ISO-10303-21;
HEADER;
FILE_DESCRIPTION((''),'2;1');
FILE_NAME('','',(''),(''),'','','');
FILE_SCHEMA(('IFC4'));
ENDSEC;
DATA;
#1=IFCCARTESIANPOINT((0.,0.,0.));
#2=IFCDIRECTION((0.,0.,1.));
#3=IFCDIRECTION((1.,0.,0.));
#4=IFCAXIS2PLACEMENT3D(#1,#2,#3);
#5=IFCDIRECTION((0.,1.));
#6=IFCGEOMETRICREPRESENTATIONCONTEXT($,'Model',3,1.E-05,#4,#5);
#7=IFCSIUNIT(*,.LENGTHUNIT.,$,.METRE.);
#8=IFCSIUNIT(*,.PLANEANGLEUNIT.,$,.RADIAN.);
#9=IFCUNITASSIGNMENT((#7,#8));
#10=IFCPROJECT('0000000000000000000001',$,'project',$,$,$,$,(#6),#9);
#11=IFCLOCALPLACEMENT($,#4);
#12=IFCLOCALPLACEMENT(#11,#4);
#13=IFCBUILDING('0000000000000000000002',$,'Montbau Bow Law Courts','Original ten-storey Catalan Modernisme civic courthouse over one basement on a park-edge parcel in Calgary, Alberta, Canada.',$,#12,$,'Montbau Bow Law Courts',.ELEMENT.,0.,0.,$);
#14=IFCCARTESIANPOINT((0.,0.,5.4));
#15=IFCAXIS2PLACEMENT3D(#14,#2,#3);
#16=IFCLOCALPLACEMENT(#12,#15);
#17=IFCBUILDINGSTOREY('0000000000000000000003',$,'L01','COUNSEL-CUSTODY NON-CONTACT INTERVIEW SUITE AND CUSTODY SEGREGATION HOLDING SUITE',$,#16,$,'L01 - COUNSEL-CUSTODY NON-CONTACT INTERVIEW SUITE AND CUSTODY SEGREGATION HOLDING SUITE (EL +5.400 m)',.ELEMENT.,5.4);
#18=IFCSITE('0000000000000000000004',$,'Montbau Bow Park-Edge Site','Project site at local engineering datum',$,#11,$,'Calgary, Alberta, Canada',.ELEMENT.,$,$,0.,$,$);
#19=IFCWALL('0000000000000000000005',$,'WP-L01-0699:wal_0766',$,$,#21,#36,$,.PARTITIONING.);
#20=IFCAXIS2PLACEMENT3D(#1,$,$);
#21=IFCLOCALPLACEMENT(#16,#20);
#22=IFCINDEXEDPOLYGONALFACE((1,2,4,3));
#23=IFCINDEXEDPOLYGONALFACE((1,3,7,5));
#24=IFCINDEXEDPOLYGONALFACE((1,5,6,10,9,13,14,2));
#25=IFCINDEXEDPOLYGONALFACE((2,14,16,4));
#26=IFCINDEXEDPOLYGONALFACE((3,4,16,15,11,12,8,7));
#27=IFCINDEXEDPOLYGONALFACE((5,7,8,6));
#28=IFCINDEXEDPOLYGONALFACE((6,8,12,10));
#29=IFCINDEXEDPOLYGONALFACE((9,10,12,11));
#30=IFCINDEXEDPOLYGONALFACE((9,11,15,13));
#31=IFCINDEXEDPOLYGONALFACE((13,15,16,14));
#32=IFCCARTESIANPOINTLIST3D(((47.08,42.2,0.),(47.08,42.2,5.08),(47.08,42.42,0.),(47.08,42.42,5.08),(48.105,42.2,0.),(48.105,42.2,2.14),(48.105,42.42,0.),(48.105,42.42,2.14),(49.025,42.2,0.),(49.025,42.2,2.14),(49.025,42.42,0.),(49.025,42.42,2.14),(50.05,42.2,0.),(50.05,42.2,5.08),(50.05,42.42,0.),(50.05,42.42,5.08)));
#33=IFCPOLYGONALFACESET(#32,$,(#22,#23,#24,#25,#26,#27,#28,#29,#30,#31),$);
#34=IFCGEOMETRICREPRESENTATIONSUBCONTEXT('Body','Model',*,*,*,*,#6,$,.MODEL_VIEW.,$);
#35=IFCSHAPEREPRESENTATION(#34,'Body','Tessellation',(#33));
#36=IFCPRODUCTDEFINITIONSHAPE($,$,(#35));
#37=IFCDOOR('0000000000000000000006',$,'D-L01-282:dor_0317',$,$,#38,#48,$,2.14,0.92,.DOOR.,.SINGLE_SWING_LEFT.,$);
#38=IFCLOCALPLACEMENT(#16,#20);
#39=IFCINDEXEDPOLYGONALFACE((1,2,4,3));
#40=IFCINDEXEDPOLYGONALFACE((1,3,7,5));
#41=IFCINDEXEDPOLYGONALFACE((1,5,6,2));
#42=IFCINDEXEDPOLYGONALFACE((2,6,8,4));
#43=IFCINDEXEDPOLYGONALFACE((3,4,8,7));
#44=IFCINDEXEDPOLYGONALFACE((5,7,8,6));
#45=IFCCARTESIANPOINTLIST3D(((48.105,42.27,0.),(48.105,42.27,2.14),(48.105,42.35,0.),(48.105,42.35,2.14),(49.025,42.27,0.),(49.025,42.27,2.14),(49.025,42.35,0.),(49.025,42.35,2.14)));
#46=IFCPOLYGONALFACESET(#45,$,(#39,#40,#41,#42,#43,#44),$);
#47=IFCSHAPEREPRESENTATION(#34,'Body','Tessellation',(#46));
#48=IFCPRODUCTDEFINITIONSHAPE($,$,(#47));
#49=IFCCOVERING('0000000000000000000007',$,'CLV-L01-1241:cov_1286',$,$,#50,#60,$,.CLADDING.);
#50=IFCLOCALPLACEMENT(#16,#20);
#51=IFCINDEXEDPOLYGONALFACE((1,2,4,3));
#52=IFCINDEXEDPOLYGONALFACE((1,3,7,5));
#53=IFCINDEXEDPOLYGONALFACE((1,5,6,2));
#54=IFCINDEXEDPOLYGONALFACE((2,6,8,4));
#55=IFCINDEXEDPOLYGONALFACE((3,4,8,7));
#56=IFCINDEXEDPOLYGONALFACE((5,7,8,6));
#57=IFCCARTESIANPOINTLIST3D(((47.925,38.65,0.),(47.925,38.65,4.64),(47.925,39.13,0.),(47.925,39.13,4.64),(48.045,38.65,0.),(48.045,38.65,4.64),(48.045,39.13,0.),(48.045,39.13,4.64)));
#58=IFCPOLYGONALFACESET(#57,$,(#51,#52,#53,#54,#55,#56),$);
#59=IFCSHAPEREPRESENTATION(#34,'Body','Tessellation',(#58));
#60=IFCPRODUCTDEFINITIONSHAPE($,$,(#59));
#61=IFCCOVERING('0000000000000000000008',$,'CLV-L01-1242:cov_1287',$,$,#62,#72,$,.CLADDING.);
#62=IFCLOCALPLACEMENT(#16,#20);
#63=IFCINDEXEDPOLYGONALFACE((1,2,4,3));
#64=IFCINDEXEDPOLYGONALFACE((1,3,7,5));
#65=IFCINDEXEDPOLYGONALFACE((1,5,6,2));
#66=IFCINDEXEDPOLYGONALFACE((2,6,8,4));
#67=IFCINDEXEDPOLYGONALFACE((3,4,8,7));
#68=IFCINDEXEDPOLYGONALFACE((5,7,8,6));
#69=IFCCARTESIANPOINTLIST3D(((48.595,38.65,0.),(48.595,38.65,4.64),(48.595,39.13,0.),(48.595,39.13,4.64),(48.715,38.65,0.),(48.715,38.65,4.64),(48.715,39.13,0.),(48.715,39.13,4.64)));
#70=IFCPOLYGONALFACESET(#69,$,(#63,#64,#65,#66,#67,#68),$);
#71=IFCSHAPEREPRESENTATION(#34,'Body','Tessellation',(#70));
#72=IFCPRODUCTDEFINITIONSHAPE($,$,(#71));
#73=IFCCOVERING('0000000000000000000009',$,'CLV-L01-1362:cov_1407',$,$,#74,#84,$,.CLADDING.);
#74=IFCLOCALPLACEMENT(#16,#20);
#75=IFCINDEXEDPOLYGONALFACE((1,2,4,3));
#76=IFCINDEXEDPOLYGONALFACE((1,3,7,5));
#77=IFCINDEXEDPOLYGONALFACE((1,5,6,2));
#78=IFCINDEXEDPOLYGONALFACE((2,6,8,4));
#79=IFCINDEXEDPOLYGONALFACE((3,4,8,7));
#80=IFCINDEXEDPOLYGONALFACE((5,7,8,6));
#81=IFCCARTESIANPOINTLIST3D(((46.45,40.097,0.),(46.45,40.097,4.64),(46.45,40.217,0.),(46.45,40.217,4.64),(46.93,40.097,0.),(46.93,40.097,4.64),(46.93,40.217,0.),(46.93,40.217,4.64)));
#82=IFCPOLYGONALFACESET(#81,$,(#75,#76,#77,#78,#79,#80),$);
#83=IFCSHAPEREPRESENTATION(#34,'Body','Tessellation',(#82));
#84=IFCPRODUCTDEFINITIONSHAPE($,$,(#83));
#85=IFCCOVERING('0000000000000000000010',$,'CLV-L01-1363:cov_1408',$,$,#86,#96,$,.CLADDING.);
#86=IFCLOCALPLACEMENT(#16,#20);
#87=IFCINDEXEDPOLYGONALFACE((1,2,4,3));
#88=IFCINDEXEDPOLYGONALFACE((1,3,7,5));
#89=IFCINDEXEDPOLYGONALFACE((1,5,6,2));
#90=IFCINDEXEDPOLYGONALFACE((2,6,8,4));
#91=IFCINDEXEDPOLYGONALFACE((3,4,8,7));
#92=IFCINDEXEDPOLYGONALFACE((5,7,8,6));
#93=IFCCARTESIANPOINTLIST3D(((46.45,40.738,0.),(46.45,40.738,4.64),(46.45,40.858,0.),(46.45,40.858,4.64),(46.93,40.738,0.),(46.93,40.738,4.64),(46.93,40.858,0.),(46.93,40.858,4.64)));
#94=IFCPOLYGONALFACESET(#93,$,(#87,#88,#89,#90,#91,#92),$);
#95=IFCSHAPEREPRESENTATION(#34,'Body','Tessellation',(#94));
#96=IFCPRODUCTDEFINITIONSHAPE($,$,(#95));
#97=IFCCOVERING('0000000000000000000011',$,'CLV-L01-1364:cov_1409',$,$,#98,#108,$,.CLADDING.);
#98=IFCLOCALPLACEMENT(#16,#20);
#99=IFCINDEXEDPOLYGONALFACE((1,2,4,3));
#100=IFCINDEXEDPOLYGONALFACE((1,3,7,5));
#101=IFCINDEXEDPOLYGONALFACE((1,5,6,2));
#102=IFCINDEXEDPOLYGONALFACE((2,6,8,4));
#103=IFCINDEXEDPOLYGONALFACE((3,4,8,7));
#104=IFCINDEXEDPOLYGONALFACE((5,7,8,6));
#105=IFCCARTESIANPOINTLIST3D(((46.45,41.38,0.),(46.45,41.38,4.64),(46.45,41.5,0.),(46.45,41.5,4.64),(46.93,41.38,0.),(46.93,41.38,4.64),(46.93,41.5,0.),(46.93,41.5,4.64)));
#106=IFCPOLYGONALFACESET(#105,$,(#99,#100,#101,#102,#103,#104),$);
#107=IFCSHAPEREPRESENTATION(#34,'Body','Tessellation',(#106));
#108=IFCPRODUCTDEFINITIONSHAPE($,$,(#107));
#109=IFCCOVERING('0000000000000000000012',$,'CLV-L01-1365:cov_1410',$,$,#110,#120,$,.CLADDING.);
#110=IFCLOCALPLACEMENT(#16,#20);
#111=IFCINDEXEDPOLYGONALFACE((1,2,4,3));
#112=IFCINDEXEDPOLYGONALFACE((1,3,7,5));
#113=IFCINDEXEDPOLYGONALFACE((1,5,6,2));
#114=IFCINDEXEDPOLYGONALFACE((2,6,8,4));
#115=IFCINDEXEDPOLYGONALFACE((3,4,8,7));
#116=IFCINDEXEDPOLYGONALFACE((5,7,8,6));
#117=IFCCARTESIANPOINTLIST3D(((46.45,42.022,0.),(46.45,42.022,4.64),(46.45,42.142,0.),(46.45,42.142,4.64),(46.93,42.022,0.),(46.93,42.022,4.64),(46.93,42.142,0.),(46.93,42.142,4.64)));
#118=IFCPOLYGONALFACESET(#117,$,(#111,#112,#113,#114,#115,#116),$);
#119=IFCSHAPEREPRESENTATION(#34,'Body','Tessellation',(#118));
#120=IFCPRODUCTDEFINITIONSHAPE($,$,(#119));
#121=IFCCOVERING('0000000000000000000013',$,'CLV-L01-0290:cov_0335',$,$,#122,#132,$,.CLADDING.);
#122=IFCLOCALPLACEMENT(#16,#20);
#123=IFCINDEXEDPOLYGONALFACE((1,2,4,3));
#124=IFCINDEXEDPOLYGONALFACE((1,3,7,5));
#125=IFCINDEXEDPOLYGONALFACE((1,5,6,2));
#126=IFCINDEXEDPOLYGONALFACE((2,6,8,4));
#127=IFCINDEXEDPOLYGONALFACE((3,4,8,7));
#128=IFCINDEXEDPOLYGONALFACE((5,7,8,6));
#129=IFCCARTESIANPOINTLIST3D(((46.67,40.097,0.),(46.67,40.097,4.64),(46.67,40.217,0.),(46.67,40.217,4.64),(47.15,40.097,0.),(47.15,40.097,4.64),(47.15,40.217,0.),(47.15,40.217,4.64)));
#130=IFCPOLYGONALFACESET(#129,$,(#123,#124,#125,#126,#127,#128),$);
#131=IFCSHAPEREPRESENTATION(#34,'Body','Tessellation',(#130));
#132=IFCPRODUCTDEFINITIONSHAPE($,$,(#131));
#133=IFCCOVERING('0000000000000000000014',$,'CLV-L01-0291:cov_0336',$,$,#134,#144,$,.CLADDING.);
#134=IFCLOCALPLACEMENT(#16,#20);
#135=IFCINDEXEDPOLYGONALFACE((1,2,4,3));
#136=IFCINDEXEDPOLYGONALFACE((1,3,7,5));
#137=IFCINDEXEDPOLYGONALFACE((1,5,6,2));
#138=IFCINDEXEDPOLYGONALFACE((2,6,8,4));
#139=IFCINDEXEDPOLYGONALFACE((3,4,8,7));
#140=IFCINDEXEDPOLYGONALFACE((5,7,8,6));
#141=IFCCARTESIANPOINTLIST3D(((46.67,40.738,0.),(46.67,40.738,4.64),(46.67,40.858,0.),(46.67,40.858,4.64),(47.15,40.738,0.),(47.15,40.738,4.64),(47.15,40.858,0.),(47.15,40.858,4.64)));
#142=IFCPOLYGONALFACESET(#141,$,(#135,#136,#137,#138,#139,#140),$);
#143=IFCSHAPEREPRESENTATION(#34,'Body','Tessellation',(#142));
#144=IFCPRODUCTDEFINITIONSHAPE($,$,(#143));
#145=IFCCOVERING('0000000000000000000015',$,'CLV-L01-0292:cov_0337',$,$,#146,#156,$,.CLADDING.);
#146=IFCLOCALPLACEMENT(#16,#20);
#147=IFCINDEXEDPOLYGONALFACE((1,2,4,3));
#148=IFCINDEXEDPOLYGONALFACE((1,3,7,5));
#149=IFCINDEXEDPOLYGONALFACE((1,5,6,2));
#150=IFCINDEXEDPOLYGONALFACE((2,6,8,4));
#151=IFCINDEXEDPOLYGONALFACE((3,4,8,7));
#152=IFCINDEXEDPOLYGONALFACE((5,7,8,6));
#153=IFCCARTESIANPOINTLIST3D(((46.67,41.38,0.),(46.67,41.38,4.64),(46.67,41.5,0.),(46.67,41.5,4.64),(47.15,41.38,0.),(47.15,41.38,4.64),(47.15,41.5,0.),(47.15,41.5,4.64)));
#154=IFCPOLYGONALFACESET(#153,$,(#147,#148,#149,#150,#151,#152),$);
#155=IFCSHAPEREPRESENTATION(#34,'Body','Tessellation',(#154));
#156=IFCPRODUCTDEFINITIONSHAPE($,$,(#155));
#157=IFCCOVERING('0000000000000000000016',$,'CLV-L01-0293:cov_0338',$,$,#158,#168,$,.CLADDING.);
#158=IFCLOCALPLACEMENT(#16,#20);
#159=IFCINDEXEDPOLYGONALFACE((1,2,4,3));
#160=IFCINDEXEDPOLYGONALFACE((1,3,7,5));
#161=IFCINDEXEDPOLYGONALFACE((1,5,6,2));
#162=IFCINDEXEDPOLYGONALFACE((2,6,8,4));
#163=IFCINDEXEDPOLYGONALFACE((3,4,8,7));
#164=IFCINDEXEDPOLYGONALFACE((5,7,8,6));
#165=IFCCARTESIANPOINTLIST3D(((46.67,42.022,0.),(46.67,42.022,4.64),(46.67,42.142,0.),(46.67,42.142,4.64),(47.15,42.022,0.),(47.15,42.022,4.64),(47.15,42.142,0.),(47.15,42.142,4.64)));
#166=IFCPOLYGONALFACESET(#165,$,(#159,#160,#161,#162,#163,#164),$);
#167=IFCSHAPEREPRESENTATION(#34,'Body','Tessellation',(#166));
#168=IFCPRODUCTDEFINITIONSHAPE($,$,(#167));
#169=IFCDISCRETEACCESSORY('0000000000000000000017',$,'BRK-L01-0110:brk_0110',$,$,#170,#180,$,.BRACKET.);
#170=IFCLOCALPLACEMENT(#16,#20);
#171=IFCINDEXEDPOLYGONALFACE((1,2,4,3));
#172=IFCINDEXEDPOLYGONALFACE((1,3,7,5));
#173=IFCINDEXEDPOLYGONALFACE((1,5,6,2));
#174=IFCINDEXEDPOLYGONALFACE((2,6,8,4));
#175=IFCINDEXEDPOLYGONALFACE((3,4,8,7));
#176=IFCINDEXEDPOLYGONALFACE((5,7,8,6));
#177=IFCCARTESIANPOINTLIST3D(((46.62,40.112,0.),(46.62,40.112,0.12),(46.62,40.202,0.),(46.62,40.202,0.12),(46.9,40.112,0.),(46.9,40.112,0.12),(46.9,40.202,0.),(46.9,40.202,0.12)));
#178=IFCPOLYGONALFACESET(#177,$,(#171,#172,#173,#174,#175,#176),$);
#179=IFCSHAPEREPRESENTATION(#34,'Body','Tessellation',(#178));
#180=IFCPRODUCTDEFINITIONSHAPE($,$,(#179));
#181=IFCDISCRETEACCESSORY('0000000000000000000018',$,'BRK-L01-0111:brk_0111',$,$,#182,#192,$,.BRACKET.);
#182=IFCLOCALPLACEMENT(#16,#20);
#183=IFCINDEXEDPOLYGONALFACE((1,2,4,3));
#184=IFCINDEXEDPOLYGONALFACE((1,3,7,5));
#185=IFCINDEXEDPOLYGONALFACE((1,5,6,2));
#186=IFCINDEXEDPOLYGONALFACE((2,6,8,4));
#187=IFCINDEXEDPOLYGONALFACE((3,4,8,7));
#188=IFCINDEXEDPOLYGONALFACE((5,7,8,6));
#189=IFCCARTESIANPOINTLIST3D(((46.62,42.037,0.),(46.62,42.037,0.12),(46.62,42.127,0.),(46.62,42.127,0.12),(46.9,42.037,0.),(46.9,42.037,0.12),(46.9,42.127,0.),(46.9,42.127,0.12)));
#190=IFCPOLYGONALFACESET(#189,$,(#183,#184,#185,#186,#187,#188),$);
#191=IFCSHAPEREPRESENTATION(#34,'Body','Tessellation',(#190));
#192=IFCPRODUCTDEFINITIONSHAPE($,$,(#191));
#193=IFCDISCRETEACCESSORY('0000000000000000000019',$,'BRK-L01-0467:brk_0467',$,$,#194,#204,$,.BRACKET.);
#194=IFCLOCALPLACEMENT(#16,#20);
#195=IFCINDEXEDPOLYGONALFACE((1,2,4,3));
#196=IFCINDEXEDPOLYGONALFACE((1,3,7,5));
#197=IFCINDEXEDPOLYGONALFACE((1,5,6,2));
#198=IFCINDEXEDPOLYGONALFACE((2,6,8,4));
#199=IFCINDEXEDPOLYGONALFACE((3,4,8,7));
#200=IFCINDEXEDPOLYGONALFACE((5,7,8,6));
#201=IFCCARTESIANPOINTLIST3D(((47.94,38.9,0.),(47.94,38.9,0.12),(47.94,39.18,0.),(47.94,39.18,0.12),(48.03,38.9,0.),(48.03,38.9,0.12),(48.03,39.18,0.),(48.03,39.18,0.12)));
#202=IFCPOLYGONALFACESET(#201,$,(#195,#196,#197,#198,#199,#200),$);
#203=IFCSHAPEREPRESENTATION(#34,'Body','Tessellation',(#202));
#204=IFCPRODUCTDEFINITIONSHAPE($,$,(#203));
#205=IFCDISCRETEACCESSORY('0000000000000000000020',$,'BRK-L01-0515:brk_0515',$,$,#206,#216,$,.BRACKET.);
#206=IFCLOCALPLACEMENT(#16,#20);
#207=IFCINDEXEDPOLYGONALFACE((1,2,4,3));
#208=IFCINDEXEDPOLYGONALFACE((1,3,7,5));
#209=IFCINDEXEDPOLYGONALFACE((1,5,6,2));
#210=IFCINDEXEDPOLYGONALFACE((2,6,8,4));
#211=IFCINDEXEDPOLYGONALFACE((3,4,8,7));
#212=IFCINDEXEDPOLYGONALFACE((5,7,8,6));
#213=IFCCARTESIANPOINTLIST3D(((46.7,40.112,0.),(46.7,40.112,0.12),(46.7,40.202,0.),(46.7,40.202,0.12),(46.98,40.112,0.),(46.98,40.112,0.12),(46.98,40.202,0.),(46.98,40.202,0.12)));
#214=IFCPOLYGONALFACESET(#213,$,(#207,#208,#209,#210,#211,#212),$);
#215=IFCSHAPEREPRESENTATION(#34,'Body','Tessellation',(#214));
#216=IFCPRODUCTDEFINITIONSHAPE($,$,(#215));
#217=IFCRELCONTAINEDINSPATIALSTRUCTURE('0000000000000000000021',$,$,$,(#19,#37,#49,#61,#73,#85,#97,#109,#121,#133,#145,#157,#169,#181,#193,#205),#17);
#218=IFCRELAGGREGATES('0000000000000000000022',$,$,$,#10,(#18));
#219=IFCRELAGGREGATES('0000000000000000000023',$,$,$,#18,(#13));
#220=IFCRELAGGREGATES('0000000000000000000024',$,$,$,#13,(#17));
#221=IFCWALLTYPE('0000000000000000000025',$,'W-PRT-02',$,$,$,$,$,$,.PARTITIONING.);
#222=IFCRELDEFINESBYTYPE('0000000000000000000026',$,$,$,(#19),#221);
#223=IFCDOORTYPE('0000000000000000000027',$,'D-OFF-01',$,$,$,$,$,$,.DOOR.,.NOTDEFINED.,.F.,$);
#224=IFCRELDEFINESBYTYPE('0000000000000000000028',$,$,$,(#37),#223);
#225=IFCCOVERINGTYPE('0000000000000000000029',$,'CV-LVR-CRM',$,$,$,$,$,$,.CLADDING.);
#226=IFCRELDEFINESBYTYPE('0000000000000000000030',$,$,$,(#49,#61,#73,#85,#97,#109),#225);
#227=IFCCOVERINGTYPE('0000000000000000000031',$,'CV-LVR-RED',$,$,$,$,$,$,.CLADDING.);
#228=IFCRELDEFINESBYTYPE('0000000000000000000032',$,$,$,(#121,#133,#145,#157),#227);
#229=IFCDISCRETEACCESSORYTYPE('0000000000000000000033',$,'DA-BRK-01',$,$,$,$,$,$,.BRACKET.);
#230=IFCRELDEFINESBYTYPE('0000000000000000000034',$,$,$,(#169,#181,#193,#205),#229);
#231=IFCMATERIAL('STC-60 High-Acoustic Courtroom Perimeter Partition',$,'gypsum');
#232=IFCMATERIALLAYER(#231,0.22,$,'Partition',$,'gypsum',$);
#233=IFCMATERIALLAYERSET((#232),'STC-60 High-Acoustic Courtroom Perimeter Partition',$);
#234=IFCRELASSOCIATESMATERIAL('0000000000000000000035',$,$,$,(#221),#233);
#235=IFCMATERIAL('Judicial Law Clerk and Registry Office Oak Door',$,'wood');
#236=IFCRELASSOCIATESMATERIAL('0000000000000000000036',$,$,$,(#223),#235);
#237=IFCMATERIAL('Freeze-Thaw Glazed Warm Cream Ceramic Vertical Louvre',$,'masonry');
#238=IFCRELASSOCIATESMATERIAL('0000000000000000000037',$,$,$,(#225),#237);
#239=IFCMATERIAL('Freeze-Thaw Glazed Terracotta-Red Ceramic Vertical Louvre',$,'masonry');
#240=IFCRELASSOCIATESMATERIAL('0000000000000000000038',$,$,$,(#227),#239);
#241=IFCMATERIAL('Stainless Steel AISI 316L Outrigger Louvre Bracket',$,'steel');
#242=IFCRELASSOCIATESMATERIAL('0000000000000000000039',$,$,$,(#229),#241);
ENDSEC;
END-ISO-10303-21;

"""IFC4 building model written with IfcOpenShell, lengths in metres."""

from ifc_helpers import new_model, si_unit, direction, frame, frame_2d, origin_with_axes, origin_2d_with_axis, place, context, subcontext, project, spatial, rectangle, extrude, material, layer, layer_set, type_object, element, fill, save


model = new_model("IFC4")

# Units and contexts
model_context = context("Model", 3, precision=1e-05, world=origin_with_axes(), true_north=direction((0.0, 1.0)))
body_context = subcontext(model_context, "Body", "Model", "MODEL_VIEW")
ifc_project = project(units=[si_unit("LENGTHUNIT", "METRE"), si_unit("PLANEANGLEUNIT", "RADIAN")], contexts=[model_context])

# Site, building, storey
site_placement = place(None, origin_with_axes())
site = spatial("IfcSite", under=ifc_project, at=site_placement, Name="Montbau Bow Park-Edge Site", Description="Project site at local engineering datum", LongName="Calgary, Alberta, Canada", CompositionType="ELEMENT", RefElevation=0.0)
building_placement = place(site_placement, origin_with_axes())
building = spatial("IfcBuilding", under=site, at=building_placement, Name="Montbau Bow Law Courts", Description="Original ten-storey Catalan Modernisme civic courthouse over one basement on a park-edge parcel in Calgary, Alberta, Canada.", LongName="Montbau Bow Law Courts", CompositionType="ELEMENT", ElevationOfRefHeight=0.0, ElevationOfTerrain=0.0)
storey_placement = place(building_placement, frame((0.0, 0.0, 5.4), z_axis=(0.0, 0.0, 1.0), x_axis=(1.0, 0.0, 0.0)))
storey = spatial("IfcBuildingStorey", under=building, at=storey_placement, Name="L01", Description="COUNSEL-CUSTODY NON-CONTACT INTERVIEW SUITE AND CUSTODY SEGREGATION HOLDING SUITE", LongName="L01 - COUNSEL-CUSTODY NON-CONTACT INTERVIEW SUITE AND CUSTODY SEGREGATION HOLDING SUITE (EL +5.400 m)", CompositionType="ELEMENT", Elevation=5.4)

# Wall, opening, door
ifc_material_1 = material(Name="STC-60 High-Acoustic Courtroom Perimeter Partition", Category="gypsum")
ifc_layer_1 = layer(ifc_material_1, 0.22, Name="Partition", Category="gypsum")
ifc_layer_set_1 = layer_set([ifc_layer_1], Name="STC-60 High-Acoustic Courtroom Perimeter Partition")
wall_type_1 = type_object("IfcWallType", Name="W-PRT-02", PredefinedType="PARTITIONING", material=ifc_layer_set_1)
wall_1_placement = place(None, frame((47.08, 42.31, 5.4), z_axis=(0.0, 0.0, 1.0), x_axis=(1.0, 0.0, 0.0)))
wall_1 = element("IfcWall", 1, at=wall_1_placement, inside=storey, type_object=wall_type_1, Name="WP-L01-0699:wal_0766", PredefinedType="PARTITIONING", context=body_context, shape_type="SweptSolid", body=[
    extrude(rectangle(XDim=2.97, YDim=0.22, at=frame_2d((1.485, 0.0), x_axis=(1.0, 0.0))), origin_with_axes(), (0.0, 0.0, 1.0), 5.08),
])
opening_1_placement = place(None, frame((48.565, 42.31, 5.4), z_axis=(0.0, 0.0, 1.0), x_axis=(1.0, 0.0, 0.0)))
opening_1 = element("IfcOpeningElement", 2, at=opening_1_placement, cuts=wall_1, PredefinedType="OPENING", context=body_context, shape_type="SweptSolid", body=[
    extrude(rectangle(XDim=0.92, YDim=2.14, at=frame_2d((0.0, 1.07), x_axis=(1.0, 0.0))), frame((0.0, 0.12, 0.0), z_axis=(0.0, -1.0, 0.0), x_axis=(1.0, 0.0, 0.0)), (0.0, 0.0, 1.0), 0.24),
])
ifc_material_2 = material(Name="Judicial Law Clerk and Registry Office Oak Door", Category="wood")
door_type_1 = type_object("IfcDoorType", Name="D-OFF-01", OperationType="NOTDEFINED", ParameterTakesPrecedence=False, PredefinedType="DOOR", material=ifc_material_2)
door_1_placement = place(None, frame((48.565, 42.31, 5.4), z_axis=(0.0, 0.0, 1.0), x_axis=(1.0, 0.0, 0.0)))
door_1 = element("IfcDoor", 3, at=door_1_placement, inside=storey, type_object=door_type_1, Name="D-L01-282:dor_0317", OperationType="SINGLE_SWING_LEFT", OverallHeight=2.14, OverallWidth=0.92, PredefinedType="DOOR", context=body_context, shape_type="SweptSolid", body=[
    extrude(rectangle(XDim=0.92, YDim=2.14, at=frame_2d((0.0, 1.07), x_axis=(1.0, 0.0))), frame((0.0, 0.04, 0.0), z_axis=(0.0, -1.0, 0.0), x_axis=(1.0, 0.0, 0.0)), (0.0, 0.0, 1.0), 0.08),
])
fill(opening_1, door_1)

# Coverings
ifc_material_3 = material(Name="Freeze-Thaw Glazed Warm Cream Ceramic Vertical Louvre", Category="masonry")
covering_type_1 = type_object("IfcCoveringType", Name="CV-LVR-CRM", PredefinedType="CLADDING", material=ifc_material_3)
for number, where, z_axis, x_axis, name in (
    (4, (47.985, 39.13, 5.4), (-1.0, 0.0, 0.0), (0.0, -1.0, 0.0), "CLV-L01-1241:cov_1286"),
    (5, (48.655, 39.13, 5.4), (-1.0, 0.0, 0.0), (0.0, -1.0, 0.0), "CLV-L01-1242:cov_1287"),
    (6, (46.93, 40.157, 5.4), (0.0, 1.0, 0.0), (-1.0, 0.0, 0.0), "CLV-L01-1362:cov_1407"),
    (7, (46.93, 40.798, 5.4), (0.0, 1.0, 0.0), (-1.0, 0.0, 0.0), "CLV-L01-1363:cov_1408"),
    (8, (46.93, 41.44, 5.4), (0.0, 1.0, 0.0), (-1.0, 0.0, 0.0), "CLV-L01-1364:cov_1409"),
    (9, (46.93, 42.082, 5.4), (0.0, 1.0, 0.0), (-1.0, 0.0, 0.0), "CLV-L01-1365:cov_1410"),
):
    element("IfcCovering", number, at=place(None, frame(where, z_axis=z_axis, x_axis=x_axis)), inside=storey, type_object=covering_type_1, Name=name, PredefinedType="CLADDING", context=body_context, shape_type="SweptSolid", body=[
        extrude(rectangle(XDim=0.48, YDim=4.64, at=frame_2d((0.24, 2.32), x_axis=(1.0, 0.0))), frame((0.0, 0.0, -0.06), z_axis=(0.0, 0.0, 1.0), x_axis=(1.0, 0.0, 0.0)), (0.0, 0.0, 1.0), 0.12),
    ])
ifc_material_4 = material(Name="Freeze-Thaw Glazed Terracotta-Red Ceramic Vertical Louvre", Category="masonry")
covering_type_2 = type_object("IfcCoveringType", Name="CV-LVR-RED", PredefinedType="CLADDING", material=ifc_material_4)
for number, where, z_axis, x_axis, name in (
    (10, (46.67, 40.157, 5.4), (0.0, -1.0, 0.0), (1.0, 0.0, 0.0), "CLV-L01-0290:cov_0335"),
    (11, (46.67, 40.798, 5.4), (0.0, -1.0, 0.0), (1.0, 0.0, 0.0), "CLV-L01-0291:cov_0336"),
    (12, (46.67, 41.44, 5.4), (0.0, -1.0, 0.0), (1.0, 0.0, 0.0), "CLV-L01-0292:cov_0337"),
    (13, (46.67, 42.082, 5.4), (0.0, -1.0, 0.0), (1.0, 0.0, 0.0), "CLV-L01-0293:cov_0338"),
):
    element("IfcCovering", number, at=place(None, frame(where, z_axis=z_axis, x_axis=x_axis)), inside=storey, type_object=covering_type_2, Name=name, PredefinedType="CLADDING", context=body_context, shape_type="SweptSolid", body=[
        extrude(rectangle(XDim=0.48, YDim=4.64, at=frame_2d((0.24, 2.32), x_axis=(1.0, 0.0))), frame((0.0, 0.0, -0.06), z_axis=(0.0, 0.0, 1.0), x_axis=(1.0, 0.0, 0.0)), (0.0, 0.0, 1.0), 0.12),
    ])

# Discrete accessories
ifc_material_5 = material(Name="Stainless Steel AISI 316L Outrigger Louvre Bracket", Category="steel")
discrete_accessory_type = type_object("IfcDiscreteAccessoryType", Name="DA-BRK-01", PredefinedType="BRACKET", material=ifc_material_5)
for number, where, z_axis, x_axis, name in (
    (14, (46.76, 40.157, 5.4), (0.0, 0.0, 1.0), (1.0, 0.0, 0.0), "BRK-L01-0110:brk_0110"),
    (15, (46.76, 42.082, 5.4), (0.0, 0.0, 1.0), (1.0, 0.0, 0.0), "BRK-L01-0111:brk_0111"),
    (16, (47.985, 39.04, 5.4), (0.0, 0.0, 1.0), (0.0, -1.0, 0.0), "BRK-L01-0467:brk_0467"),
    (17, (46.84, 40.157, 5.4), (0.0, 0.0, 1.0), (-1.0, 0.0, 0.0), "BRK-L01-0515:brk_0515"),
):
    element("IfcDiscreteAccessory", number, at=place(None, frame(where, z_axis=z_axis, x_axis=x_axis)), inside=storey, type_object=discrete_accessory_type, Name=name, PredefinedType="BRACKET", context=body_context, shape_type="SweptSolid", body=[
        extrude(rectangle(XDim=0.28, YDim=0.09, at=origin_2d_with_axis()), origin_with_axes(), (0.0, 0.0, 1.0), 0.12),
    ])

save(model, "model.ifc")
